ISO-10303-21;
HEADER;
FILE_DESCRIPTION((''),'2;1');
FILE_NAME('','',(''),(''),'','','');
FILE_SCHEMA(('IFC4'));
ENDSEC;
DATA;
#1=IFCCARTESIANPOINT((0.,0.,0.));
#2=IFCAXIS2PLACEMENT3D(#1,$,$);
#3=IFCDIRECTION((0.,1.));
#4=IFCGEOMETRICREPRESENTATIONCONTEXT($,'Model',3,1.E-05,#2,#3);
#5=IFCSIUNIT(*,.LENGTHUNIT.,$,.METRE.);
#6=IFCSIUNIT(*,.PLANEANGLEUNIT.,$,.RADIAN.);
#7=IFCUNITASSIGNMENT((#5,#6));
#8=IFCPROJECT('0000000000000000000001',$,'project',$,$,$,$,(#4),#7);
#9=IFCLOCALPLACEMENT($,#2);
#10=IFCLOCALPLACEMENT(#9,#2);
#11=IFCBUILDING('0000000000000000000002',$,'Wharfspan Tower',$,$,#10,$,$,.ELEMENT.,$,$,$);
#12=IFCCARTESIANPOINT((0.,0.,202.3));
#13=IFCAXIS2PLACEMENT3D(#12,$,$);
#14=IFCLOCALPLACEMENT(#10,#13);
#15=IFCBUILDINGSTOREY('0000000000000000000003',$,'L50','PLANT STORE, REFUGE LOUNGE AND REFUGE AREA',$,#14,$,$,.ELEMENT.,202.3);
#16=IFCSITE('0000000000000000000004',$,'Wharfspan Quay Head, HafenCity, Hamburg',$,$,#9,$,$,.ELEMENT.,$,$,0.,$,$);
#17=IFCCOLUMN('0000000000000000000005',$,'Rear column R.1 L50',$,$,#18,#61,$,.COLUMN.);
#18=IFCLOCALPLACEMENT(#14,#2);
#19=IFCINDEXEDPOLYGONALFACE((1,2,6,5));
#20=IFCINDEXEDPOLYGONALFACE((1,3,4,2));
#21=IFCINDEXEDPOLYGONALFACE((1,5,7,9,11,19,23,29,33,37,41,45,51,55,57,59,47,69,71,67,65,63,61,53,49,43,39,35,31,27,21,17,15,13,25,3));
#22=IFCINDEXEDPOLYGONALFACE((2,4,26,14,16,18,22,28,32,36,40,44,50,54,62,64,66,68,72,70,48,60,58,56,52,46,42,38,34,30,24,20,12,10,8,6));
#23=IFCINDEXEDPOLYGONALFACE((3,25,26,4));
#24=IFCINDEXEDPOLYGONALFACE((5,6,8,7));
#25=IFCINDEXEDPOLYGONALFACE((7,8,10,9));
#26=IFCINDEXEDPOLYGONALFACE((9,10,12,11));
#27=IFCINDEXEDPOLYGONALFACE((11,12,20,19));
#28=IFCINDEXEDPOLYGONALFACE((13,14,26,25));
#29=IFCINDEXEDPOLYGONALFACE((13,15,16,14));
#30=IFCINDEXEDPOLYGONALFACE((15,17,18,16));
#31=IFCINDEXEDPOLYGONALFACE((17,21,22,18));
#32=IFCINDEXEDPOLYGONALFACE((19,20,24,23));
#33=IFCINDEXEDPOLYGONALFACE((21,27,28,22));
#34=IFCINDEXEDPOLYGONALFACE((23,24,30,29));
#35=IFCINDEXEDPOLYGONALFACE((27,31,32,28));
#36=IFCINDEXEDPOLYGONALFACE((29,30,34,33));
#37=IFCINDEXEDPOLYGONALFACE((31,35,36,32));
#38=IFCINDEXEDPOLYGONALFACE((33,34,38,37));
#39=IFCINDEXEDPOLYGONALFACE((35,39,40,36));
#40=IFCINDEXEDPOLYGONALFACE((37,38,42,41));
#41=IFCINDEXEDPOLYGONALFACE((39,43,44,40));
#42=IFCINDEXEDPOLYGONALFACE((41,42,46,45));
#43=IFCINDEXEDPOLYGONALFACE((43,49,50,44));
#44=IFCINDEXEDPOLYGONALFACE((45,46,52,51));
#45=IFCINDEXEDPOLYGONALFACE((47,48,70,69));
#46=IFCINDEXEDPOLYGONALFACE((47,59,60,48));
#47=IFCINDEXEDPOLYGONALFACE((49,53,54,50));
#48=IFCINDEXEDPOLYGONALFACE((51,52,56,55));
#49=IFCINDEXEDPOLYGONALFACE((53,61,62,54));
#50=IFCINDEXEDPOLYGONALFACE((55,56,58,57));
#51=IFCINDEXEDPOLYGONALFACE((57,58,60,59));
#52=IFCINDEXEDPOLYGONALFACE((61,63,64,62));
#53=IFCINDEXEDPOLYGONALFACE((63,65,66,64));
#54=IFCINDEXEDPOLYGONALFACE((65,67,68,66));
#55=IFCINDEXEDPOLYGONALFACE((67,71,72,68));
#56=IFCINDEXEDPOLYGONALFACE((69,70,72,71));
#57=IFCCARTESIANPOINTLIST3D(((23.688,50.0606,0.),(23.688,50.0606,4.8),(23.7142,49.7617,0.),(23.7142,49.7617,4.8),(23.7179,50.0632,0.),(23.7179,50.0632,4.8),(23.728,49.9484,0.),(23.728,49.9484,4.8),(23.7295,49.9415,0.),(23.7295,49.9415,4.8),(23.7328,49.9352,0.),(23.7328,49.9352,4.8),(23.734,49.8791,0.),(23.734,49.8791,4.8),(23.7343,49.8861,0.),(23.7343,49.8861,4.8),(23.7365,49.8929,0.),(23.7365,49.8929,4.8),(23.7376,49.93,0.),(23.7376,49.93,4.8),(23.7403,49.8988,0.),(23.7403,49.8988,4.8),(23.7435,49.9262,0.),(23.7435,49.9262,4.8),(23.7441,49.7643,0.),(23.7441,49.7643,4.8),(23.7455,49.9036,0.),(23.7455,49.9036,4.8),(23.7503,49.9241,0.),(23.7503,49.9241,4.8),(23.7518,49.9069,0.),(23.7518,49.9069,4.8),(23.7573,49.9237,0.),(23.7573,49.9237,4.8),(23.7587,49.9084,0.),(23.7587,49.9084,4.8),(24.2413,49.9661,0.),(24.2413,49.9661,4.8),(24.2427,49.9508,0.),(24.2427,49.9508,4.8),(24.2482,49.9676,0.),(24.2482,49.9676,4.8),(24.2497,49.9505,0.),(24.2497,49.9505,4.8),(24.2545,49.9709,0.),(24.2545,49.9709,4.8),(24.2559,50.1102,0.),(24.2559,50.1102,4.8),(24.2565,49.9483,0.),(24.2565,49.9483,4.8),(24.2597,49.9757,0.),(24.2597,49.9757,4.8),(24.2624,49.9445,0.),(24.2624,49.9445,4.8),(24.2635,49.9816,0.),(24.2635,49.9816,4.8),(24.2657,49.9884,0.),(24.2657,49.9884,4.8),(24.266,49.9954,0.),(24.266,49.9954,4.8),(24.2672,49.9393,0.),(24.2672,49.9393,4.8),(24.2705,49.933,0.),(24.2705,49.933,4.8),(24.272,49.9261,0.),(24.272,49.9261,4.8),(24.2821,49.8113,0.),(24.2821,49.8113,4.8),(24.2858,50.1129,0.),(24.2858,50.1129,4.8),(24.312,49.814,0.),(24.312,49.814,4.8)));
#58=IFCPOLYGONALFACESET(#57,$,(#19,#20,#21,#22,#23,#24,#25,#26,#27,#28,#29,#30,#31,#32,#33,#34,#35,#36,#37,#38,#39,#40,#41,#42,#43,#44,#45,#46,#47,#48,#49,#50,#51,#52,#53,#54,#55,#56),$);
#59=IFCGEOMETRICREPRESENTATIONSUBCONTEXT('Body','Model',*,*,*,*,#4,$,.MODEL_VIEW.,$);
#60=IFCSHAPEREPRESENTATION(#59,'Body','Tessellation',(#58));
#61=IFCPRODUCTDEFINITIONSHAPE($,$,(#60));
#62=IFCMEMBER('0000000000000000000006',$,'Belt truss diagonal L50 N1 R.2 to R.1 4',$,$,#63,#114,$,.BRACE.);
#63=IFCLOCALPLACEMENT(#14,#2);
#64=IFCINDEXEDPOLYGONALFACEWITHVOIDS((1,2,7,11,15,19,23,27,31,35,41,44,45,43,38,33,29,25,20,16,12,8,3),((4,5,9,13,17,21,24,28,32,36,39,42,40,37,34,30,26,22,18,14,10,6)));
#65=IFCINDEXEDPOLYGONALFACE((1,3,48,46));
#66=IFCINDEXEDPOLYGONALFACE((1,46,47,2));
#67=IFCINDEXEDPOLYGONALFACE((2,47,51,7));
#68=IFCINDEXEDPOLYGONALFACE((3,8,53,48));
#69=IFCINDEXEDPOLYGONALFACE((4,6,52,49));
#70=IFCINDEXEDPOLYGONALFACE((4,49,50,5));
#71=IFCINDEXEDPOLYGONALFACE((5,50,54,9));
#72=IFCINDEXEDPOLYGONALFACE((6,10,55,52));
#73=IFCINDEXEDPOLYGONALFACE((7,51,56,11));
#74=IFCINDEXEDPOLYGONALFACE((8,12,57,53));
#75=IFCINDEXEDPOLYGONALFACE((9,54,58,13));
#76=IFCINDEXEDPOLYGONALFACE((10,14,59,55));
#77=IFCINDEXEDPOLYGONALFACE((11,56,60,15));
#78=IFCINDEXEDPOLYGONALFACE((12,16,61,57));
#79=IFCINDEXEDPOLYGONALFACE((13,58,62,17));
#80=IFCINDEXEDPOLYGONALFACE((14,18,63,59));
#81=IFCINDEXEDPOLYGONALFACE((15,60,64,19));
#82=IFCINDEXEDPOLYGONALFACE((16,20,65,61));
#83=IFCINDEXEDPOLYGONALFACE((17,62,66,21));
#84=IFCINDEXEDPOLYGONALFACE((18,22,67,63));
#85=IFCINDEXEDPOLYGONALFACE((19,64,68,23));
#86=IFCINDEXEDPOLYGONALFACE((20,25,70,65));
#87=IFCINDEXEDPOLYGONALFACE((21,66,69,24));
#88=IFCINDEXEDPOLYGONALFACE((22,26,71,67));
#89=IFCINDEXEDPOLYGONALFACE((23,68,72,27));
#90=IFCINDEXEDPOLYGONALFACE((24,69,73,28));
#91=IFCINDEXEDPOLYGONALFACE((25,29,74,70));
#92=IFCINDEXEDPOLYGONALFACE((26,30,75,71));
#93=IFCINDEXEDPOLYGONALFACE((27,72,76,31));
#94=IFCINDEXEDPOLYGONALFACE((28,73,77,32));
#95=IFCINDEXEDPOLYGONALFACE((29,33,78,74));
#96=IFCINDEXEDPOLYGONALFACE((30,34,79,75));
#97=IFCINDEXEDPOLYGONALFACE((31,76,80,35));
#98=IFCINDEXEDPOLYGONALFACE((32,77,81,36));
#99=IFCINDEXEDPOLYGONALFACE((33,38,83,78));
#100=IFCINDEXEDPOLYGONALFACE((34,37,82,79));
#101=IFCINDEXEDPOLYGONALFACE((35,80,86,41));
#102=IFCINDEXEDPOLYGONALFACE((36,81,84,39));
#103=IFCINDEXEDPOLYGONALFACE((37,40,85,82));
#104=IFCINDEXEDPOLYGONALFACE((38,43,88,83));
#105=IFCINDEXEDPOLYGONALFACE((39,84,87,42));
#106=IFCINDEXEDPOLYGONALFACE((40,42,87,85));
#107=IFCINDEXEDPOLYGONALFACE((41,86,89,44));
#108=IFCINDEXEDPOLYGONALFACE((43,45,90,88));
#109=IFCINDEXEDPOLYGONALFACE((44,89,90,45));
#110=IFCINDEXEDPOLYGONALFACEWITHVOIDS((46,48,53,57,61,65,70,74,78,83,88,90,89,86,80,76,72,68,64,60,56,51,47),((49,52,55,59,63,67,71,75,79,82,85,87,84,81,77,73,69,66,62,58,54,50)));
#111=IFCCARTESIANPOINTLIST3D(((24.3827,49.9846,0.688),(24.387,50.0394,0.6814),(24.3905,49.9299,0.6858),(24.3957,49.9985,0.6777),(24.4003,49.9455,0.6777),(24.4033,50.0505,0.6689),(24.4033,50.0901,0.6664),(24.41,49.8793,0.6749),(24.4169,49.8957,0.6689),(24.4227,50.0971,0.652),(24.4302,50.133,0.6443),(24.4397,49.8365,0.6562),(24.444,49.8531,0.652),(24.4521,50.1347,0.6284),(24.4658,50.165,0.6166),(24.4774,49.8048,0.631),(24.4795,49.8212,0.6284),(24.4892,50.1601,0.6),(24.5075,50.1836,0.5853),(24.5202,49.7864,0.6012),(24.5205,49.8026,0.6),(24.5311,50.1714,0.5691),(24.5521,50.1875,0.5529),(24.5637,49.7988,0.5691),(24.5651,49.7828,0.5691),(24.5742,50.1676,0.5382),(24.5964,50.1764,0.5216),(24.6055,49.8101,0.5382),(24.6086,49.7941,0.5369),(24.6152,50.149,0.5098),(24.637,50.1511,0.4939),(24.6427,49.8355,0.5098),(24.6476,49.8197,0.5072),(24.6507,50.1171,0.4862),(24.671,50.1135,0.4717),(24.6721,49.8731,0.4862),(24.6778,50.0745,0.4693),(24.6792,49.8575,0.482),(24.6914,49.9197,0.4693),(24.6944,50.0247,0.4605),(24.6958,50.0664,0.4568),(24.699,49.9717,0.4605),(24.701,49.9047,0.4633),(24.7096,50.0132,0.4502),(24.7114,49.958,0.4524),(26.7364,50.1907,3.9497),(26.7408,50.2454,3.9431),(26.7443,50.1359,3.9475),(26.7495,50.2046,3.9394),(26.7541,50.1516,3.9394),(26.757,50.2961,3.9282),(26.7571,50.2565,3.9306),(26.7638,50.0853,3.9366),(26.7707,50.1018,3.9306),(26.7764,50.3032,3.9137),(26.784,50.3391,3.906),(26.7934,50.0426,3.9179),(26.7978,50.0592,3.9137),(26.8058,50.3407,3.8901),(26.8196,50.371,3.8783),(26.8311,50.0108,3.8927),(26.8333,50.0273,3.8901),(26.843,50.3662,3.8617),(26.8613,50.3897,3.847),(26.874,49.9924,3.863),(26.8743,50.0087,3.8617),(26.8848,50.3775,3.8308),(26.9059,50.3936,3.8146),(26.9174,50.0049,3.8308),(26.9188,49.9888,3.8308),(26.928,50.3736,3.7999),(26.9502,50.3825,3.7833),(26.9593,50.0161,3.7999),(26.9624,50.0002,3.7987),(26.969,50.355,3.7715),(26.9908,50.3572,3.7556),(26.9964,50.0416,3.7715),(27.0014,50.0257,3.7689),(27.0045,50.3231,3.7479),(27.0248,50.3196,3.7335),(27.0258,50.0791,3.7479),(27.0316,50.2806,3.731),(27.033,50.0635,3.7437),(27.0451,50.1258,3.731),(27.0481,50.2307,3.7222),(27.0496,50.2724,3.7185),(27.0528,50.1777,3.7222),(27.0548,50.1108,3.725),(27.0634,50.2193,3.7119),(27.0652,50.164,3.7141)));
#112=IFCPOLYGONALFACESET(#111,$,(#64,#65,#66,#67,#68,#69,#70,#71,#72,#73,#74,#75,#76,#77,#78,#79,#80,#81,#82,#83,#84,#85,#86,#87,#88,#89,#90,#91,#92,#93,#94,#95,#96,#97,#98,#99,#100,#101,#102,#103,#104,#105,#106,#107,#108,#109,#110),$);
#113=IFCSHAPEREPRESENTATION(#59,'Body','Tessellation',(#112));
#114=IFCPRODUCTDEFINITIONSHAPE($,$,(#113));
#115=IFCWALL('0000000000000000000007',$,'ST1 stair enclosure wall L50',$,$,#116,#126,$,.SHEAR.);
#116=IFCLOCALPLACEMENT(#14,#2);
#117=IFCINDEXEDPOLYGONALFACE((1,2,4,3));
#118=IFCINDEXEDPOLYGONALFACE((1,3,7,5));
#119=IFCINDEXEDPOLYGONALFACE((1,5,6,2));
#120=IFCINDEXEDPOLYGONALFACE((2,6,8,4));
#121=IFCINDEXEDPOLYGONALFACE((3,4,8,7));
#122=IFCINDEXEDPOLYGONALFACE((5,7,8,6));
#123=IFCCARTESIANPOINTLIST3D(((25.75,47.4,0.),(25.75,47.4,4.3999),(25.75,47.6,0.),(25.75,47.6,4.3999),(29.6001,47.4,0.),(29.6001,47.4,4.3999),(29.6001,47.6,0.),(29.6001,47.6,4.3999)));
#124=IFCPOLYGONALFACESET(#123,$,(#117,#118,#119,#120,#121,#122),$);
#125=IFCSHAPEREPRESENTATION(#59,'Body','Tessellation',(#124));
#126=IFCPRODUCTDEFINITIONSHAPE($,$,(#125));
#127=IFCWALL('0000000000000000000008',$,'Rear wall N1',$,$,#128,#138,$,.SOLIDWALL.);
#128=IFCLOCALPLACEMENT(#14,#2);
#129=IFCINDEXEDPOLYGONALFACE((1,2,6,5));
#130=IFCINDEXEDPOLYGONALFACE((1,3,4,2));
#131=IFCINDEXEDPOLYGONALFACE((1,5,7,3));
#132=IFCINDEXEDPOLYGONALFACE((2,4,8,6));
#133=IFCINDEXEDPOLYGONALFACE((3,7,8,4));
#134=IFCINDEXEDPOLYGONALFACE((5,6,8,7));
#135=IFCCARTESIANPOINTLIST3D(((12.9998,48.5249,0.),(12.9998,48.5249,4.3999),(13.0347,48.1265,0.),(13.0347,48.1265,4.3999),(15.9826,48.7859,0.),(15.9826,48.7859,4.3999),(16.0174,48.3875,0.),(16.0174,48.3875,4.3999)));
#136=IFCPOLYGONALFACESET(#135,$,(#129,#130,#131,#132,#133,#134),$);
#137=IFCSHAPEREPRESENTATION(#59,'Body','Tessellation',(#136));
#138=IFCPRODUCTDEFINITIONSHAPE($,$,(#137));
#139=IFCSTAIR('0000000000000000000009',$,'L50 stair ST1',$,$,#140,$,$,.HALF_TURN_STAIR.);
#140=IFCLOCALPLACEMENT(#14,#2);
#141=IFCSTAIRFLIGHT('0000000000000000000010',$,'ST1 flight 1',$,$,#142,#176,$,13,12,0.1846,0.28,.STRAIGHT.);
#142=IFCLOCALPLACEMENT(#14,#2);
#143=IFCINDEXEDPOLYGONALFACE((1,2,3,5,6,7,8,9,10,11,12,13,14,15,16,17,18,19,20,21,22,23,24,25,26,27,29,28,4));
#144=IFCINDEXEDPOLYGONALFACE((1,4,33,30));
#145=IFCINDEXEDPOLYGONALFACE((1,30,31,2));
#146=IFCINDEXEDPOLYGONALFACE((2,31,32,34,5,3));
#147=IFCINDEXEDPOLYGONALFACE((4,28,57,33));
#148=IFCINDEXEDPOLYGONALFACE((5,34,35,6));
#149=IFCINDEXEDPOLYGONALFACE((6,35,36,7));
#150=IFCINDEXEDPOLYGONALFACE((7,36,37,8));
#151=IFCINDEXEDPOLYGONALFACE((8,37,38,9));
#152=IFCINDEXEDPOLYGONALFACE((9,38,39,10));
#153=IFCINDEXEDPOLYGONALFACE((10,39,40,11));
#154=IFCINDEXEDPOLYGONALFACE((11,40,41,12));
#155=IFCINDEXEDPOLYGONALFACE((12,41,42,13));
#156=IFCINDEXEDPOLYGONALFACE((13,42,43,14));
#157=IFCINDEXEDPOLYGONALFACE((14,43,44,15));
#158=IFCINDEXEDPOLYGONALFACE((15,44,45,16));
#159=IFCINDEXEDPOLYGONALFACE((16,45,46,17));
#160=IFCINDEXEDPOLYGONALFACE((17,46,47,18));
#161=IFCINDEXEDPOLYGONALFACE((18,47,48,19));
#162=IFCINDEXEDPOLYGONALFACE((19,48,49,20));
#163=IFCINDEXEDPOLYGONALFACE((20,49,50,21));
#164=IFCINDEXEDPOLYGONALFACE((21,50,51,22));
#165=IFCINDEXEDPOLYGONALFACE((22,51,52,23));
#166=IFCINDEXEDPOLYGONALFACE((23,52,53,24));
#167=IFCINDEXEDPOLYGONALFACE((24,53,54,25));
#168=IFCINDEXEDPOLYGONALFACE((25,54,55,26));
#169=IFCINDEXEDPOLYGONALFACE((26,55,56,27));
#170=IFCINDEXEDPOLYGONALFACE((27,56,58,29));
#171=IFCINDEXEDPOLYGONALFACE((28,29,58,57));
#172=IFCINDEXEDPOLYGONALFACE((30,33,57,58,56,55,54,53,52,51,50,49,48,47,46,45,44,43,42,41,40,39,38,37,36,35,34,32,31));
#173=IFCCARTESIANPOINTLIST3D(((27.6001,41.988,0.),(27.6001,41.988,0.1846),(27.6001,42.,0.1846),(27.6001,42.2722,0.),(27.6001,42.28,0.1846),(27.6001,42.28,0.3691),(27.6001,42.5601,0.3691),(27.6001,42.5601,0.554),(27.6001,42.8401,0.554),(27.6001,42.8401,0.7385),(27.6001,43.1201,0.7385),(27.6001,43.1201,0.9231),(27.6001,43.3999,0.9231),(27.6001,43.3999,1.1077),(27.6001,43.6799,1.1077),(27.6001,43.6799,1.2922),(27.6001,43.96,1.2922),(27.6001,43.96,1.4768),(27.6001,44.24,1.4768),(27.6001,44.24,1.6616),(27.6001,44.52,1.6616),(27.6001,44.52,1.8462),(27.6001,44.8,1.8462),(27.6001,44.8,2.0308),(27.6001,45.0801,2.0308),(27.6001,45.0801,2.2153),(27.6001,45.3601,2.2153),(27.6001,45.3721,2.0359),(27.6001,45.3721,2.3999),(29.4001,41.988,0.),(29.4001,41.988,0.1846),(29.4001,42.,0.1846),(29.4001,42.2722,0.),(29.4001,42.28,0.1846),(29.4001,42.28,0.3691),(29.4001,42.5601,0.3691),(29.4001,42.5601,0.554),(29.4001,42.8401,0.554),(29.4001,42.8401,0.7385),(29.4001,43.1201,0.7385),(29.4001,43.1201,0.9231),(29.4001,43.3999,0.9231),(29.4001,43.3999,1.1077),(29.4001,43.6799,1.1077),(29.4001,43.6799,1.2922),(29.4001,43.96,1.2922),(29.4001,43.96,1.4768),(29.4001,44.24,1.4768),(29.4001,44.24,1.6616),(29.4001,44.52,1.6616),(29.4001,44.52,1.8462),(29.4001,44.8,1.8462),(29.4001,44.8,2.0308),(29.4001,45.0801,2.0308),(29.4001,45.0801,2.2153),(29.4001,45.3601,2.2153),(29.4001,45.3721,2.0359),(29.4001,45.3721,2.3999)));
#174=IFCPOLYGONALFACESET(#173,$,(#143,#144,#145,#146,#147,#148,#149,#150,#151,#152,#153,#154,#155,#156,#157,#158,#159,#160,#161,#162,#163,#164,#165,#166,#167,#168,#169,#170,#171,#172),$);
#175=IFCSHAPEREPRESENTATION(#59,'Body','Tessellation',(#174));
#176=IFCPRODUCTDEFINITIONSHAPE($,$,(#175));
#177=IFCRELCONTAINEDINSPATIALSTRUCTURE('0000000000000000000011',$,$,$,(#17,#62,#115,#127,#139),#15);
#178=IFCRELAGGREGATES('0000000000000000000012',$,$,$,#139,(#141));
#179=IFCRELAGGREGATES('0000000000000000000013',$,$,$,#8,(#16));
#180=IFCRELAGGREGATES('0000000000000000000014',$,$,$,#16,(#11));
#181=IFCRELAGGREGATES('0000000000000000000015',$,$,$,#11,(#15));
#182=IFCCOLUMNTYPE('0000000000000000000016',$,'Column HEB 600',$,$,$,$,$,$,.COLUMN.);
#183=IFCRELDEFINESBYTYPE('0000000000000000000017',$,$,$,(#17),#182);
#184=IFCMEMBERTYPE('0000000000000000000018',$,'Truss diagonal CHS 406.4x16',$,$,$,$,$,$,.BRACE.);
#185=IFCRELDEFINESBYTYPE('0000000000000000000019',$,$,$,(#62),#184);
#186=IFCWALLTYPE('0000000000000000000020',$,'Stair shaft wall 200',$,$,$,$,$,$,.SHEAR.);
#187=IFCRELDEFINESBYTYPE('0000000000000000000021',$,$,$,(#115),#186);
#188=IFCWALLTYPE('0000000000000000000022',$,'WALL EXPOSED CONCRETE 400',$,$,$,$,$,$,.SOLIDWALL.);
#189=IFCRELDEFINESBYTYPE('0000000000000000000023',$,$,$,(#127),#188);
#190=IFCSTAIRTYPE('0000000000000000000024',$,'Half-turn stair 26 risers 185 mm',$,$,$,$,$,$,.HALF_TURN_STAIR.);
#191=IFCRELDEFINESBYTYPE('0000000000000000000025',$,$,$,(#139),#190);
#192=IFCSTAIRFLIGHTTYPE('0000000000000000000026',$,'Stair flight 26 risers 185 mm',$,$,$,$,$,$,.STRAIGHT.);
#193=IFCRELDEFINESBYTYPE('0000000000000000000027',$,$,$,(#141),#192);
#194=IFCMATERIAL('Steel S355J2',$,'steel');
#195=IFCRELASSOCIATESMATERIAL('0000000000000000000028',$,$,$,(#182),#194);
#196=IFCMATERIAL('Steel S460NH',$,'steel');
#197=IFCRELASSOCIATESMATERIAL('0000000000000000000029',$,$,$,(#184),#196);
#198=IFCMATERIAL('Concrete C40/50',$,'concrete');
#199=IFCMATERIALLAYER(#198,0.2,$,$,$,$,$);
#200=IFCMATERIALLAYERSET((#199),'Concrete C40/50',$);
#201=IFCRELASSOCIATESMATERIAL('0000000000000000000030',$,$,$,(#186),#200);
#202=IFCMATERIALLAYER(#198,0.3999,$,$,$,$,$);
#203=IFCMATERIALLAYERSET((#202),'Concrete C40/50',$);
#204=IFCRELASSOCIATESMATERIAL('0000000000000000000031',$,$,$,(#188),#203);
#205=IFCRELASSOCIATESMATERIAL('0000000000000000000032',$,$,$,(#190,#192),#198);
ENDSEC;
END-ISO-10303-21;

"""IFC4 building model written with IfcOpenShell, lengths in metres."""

from ifc_helpers import new_model, si_unit, direction, frame, frame_2d, origin, origin_2d, place, context, subcontext, project, spatial, polyline, rectangle, hollow_circle, i_section, outline, extrude, material, layer, layer_set, material_profile, profile_set, type_object, element, aggregate, save


model = new_model("IFC4")

# Units and contexts
model_context = context("Model", 3, precision=1e-05, world=origin(), true_north=direction((0.0, 1.0)))
body_context = subcontext(model_context, "Body", "Model", "MODEL_VIEW")
ifc_project = project(units=[si_unit("LENGTHUNIT", "METRE"), si_unit("PLANEANGLEUNIT", "RADIAN")], contexts=[model_context])

# Site, building, storey
site_placement = place(None, origin())
site = spatial("IfcSite", under=ifc_project, at=site_placement, Name="Wharfspan Quay Head, HafenCity, Hamburg", CompositionType="ELEMENT", RefElevation=0.0)
building_placement = place(site_placement, origin())
building = spatial("IfcBuilding", under=site, at=building_placement, Name="Wharfspan Tower", CompositionType="ELEMENT")
storey_placement = place(building_placement, frame((0.0, 0.0, 202.3)))
storey = spatial("IfcBuildingStorey", under=building, at=storey_placement, Name="L50", Description="PLANT STORE, REFUGE LOUNGE AND REFUGE AREA", CompositionType="ELEMENT", Elevation=202.3)

# Column
ifc_material_1 = material(Name="Steel S355J2", Category="steel")
ifc_material_profile_1 = material_profile(ifc_material_1, i_section(OverallWidth=0.3, OverallDepth=0.6001, WebThickness=0.0154, FlangeThickness=0.03, FilletRadius=0.0271, at=origin_2d()))
ifc_profile_set_1 = profile_set([ifc_material_profile_1], Name="Steel S355J2")
column_type = type_object("IfcColumnType", Name="Column HEB 600", PredefinedType="COLUMN", material=ifc_profile_set_1)
column_placement = place(storey_placement, frame((24.0, 49.9373, 0.0), z_axis=(0.0, 0.0, 1.0), x_axis=(-0.087156, 0.996198, 0.0)))
element("IfcColumn", 1, at=column_placement, inside=storey, type_object=column_type, Name="Rear column R.1 L50", PredefinedType="COLUMN", context=body_context, shape_type="SweptSolid", body=[
    extrude(i_section(OverallWidth=0.3, OverallDepth=0.6001, WebThickness=0.0154, FlangeThickness=0.03, FilletRadius=0.0271, at=origin_2d()), origin(), (0.0, 0.0, 1.0), 4.8),
])

# Member
ifc_material_2 = material(Name="Steel S460NH", Category="steel")
ifc_material_profile_2 = material_profile(ifc_material_2, hollow_circle(Radius=0.2031, WallThickness=0.0161, at=origin_2d()))
ifc_profile_set_2 = profile_set([ifc_material_profile_2], Name="Steel S460NH")
member_type = type_object("IfcMemberType", Name="Truss diagonal CHS 406.4x16", PredefinedType="BRACE", material=ifc_profile_set_2)
member_placement = place(storey_placement, frame((26.9011, 50.1912, 3.8308), z_axis=(-0.584409, -0.051161, -0.809844), x_axis=(0.087207, -0.996192, 0.000002)))
element("IfcMember", 2, at=member_placement, inside=storey, type_object=member_type, Name="Belt truss diagonal L50 N1 R.2 to R.1 4", PredefinedType="BRACE", context=body_context, shape_type="SweptSolid", body=[
    extrude(hollow_circle(Radius=0.2031, WallThickness=0.0161, at=origin_2d()), origin(), (0.0, 0.0, 1.0), 4.0276),
])

# Walls
ifc_material_3 = material(Name="Concrete C40/50", Category="concrete")
ifc_layer_1 = layer(ifc_material_3, 0.2)
ifc_layer_set_1 = layer_set([ifc_layer_1], Name="Concrete C40/50")
wall_type_1 = type_object("IfcWallType", Name="Stair shaft wall 200", PredefinedType="SHEAR", material=ifc_layer_set_1)
wall_1_placement = place(storey_placement, frame((25.75, 47.5, 0.0), z_axis=(0.0, 0.0, 1.0), x_axis=(1.0, 0.0, 0.0)))
element("IfcWall", 3, at=wall_1_placement, inside=storey, type_object=wall_type_1, Name="ST1 stair enclosure wall L50", PredefinedType="SHEAR", context=body_context, shape_type="SweptSolid", body=[
    extrude(rectangle(XDim=3.8501, YDim=0.2, at=frame_2d((1.925, 0.0))), origin(), (0.0, 0.0, 1.0), 4.3999),
])
ifc_layer_2 = layer(ifc_material_3, 0.3999)
ifc_layer_set_2 = layer_set([ifc_layer_2], Name="Concrete C40/50")
wall_type_2 = type_object("IfcWallType", Name="WALL EXPOSED CONCRETE 400", PredefinedType="SOLIDWALL", material=ifc_layer_set_2)
wall_2_placement = place(storey_placement, frame((16.0, 48.5867, 0.0), z_axis=(0.0, 0.0, 1.0), x_axis=(-0.996194, -0.087168, 0.0)))
element("IfcWall", 4, at=wall_2_placement, inside=storey, type_object=wall_type_2, Name="Rear wall N1", PredefinedType="SOLIDWALL", context=body_context, shape_type="SweptSolid", body=[
    extrude(rectangle(XDim=2.9941, YDim=0.3999, at=frame_2d((1.4971, 0.0))), origin(), (0.0, 0.0, 1.0), 4.3999),
])

# Stair, stair flight
stair_type = type_object("IfcStairType", Name="Half-turn stair 26 risers 185 mm", PredefinedType="HALF_TURN_STAIR", material=ifc_material_3)
stair_placement = place(storey_placement, origin())
stair = element("IfcStair", 5, at=stair_placement, inside=storey, type_object=stair_type, Name="L50 stair ST1", PredefinedType="HALF_TURN_STAIR")
stair_flight_type = type_object("IfcStairFlightType", Name="Stair flight 26 risers 185 mm", PredefinedType="STRAIGHT", material=ifc_material_3)
stair_flight_1_placement = place(storey_placement, frame((28.5, 42.0, 0.0), z_axis=(0.0, 0.0, 1.0), x_axis=(0.0, 1.0, 0.0)))
stair_flight_1 = element("IfcStairFlight", 6, at=stair_flight_1_placement, type_object=stair_flight_type, Name="ST1 flight 1", NumberOfRisers=13, NumberOfTreads=12, PredefinedType="STRAIGHT", RiserHeight=0.1846, TreadLength=0.28, context=body_context, shape_type="SweptSolid", body=[
    extrude(outline(polyline([(-0.012, 0.0), (-0.012, 0.1846), (0.0, 0.1846), (0.28, 0.1846), (0.28, 0.3691), (0.5601, 0.3691), (0.5601, 0.554), (0.8401, 0.554), (0.8401, 0.7385), (1.1201, 0.7385), (1.1201, 0.9231), (1.3999, 0.9231), (1.3999, 1.1077), (1.6799, 1.1077), (1.6799, 1.2922), (1.96, 1.2922), (1.96, 1.4768), (2.24, 1.4768), (2.24, 1.6616), (2.52, 1.6616), (2.52, 1.8462), (2.8, 1.8462), (2.8, 2.0308), (3.0801, 2.0308), (3.0801, 2.2153), (3.3601, 2.2153), (3.3721, 2.3999), (3.3721, 2.0359), (0.2722, 0.0), (-0.012, 0.0)])), frame((0.0, 0.8999, 0.0), z_axis=(0.0, -1.0, 0.0), x_axis=(1.0, 0.0, 0.0)), (0.0, 0.0, 1.0), 1.8),
])
aggregate(stair, [stair_flight_1])

save(model, "model.ifc")
